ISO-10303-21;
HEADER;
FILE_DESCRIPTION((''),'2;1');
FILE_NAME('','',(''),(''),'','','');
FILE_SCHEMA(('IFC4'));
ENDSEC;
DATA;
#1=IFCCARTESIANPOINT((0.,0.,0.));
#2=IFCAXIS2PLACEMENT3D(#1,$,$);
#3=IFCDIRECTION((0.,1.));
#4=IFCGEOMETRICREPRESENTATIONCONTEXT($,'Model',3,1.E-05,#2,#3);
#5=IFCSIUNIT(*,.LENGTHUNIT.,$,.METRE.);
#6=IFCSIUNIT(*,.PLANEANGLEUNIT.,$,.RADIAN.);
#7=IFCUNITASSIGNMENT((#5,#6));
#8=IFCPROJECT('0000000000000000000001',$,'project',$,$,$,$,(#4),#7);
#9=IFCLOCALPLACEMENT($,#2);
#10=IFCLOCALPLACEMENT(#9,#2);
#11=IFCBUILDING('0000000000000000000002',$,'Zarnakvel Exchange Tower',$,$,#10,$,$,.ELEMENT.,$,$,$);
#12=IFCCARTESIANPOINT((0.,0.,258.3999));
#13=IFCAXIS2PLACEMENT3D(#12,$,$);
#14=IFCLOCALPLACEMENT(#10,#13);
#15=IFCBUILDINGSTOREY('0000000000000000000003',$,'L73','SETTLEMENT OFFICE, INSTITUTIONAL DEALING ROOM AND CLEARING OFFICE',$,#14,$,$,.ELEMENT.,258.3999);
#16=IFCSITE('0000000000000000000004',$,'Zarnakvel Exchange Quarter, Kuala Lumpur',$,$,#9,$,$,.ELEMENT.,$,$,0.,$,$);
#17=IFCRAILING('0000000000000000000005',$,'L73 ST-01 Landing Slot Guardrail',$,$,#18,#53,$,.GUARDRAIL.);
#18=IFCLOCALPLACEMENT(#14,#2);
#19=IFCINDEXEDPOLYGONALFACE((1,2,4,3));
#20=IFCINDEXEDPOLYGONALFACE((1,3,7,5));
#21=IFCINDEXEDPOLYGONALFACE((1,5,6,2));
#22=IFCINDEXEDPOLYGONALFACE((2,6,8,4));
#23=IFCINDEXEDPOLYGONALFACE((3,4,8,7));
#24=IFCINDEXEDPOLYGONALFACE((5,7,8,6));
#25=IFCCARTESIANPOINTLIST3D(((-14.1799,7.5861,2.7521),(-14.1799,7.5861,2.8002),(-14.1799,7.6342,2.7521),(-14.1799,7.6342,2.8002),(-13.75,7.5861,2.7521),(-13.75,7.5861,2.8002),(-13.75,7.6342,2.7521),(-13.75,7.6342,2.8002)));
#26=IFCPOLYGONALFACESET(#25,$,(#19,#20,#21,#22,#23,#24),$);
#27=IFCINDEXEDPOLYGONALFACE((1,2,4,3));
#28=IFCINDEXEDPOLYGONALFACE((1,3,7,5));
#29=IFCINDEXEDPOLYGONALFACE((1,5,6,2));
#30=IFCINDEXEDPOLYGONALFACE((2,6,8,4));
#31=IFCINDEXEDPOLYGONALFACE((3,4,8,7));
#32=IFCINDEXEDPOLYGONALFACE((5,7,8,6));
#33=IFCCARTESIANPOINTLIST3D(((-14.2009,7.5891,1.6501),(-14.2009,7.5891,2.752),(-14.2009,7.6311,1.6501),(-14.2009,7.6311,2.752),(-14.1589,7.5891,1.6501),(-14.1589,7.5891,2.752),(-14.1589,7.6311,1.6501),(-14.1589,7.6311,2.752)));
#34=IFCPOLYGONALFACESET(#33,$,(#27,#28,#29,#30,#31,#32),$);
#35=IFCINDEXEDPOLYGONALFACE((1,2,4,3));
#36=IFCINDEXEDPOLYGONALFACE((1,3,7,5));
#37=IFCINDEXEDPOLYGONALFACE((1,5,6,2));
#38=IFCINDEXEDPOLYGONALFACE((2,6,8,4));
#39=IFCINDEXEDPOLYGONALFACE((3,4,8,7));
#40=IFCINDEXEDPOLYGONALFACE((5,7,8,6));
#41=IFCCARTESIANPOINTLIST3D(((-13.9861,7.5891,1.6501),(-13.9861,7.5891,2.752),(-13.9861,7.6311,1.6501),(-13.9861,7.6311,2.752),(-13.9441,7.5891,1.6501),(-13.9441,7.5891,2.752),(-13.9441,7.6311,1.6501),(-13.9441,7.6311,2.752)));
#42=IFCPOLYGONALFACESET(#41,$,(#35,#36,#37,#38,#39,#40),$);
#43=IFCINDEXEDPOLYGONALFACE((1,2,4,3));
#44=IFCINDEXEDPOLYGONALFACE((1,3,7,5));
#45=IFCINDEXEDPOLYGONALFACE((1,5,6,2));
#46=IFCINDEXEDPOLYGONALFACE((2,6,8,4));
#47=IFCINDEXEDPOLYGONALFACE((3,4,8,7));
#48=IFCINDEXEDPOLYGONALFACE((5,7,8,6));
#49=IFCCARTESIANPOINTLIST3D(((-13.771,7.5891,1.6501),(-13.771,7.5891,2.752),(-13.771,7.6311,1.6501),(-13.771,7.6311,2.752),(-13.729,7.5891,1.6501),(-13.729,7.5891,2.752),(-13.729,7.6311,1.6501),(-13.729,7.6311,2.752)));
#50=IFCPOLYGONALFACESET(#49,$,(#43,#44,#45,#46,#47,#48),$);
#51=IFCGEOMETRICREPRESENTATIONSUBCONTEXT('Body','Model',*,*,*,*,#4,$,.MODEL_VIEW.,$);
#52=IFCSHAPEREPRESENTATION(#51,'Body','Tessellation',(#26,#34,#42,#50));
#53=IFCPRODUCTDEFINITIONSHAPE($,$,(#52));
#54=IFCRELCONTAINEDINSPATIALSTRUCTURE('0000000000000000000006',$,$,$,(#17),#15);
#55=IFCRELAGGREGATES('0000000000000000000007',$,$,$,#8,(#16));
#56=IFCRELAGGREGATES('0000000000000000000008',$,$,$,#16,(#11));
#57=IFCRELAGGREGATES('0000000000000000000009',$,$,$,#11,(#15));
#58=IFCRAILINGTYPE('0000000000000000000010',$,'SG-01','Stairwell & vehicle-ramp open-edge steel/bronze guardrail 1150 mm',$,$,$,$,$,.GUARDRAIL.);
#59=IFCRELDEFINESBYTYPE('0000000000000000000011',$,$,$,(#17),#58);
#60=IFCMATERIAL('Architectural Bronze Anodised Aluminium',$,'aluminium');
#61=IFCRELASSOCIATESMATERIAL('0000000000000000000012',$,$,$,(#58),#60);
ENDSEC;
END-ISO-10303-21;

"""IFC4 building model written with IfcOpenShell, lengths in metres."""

from ifc_helpers import new_model, si_unit, direction, frame, origin, origin_2d, place, context, subcontext, project, spatial, rectangle, extrude, material, type_object, element, save


model = new_model("IFC4")

# Units and contexts
model_context = context("Model", 3, precision=1e-05, world=origin(), true_north=direction((0.0, 1.0)))
body_context = subcontext(model_context, "Body", "Model", "MODEL_VIEW")
ifc_project = project(units=[si_unit("LENGTHUNIT", "METRE"), si_unit("PLANEANGLEUNIT", "RADIAN")], contexts=[model_context])

# Site, building, storey
site_placement = place(None, origin())
site = spatial("IfcSite", under=ifc_project, at=site_placement, Name="Zarnakvel Exchange Quarter, Kuala Lumpur", CompositionType="ELEMENT", RefElevation=0.0)
building_placement = place(site_placement, origin())
building = spatial("IfcBuilding", under=site, at=building_placement, Name="Zarnakvel Exchange Tower", CompositionType="ELEMENT")
storey_placement = place(building_placement, frame((0.0, 0.0, 258.3999)))
storey = spatial("IfcBuildingStorey", under=building, at=storey_placement, Name="L73", Description="SETTLEMENT OFFICE, INSTITUTIONAL DEALING ROOM AND CLEARING OFFICE", CompositionType="ELEMENT", Elevation=258.3999)

# Shared definitions
ifc_material_1 = material(Name="Architectural Bronze Anodised Aluminium", Category="aluminium")

# Railing
railing_type_1 = type_object("IfcRailingType", Name="SG-01", Description="Stairwell & vehicle-ramp open-edge steel/bronze guardrail 1150 mm", PredefinedType="GUARDRAIL", material=ifc_material_1)
railing_1_placement = place(storey_placement, frame((-14.1799, 7.6101, 1.6501)))
element("IfcRailing", 1, at=railing_1_placement, inside=storey, type_object=railing_type_1, Name="L73 ST-01 Landing Slot Guardrail", PredefinedType="GUARDRAIL", context=body_context, shape_type="SweptSolid", body=[
    extrude(rectangle(XDim=0.0481, YDim=0.0481, at=origin_2d()), frame((0.0, 0.0, 1.126), z_axis=(1.0, 0.0, 0.0), x_axis=(0.0, 1.0, 0.0)), (0.0, 0.0, 1.0), 0.4299),
    extrude(rectangle(XDim=0.042, YDim=0.042, at=origin_2d()), origin(), (0.0, 0.0, 1.0), 1.1018),
    extrude(rectangle(XDim=0.042, YDim=0.042, at=origin_2d()), frame((0.2148, 0.0, 0.0)), (0.0, 0.0, 1.0), 1.1018),
    extrude(rectangle(XDim=0.042, YDim=0.042, at=origin_2d()), frame((0.4299, 0.0, 0.0)), (0.0, 0.0, 1.0), 1.1018),
])

save(model, "model.ifc")
